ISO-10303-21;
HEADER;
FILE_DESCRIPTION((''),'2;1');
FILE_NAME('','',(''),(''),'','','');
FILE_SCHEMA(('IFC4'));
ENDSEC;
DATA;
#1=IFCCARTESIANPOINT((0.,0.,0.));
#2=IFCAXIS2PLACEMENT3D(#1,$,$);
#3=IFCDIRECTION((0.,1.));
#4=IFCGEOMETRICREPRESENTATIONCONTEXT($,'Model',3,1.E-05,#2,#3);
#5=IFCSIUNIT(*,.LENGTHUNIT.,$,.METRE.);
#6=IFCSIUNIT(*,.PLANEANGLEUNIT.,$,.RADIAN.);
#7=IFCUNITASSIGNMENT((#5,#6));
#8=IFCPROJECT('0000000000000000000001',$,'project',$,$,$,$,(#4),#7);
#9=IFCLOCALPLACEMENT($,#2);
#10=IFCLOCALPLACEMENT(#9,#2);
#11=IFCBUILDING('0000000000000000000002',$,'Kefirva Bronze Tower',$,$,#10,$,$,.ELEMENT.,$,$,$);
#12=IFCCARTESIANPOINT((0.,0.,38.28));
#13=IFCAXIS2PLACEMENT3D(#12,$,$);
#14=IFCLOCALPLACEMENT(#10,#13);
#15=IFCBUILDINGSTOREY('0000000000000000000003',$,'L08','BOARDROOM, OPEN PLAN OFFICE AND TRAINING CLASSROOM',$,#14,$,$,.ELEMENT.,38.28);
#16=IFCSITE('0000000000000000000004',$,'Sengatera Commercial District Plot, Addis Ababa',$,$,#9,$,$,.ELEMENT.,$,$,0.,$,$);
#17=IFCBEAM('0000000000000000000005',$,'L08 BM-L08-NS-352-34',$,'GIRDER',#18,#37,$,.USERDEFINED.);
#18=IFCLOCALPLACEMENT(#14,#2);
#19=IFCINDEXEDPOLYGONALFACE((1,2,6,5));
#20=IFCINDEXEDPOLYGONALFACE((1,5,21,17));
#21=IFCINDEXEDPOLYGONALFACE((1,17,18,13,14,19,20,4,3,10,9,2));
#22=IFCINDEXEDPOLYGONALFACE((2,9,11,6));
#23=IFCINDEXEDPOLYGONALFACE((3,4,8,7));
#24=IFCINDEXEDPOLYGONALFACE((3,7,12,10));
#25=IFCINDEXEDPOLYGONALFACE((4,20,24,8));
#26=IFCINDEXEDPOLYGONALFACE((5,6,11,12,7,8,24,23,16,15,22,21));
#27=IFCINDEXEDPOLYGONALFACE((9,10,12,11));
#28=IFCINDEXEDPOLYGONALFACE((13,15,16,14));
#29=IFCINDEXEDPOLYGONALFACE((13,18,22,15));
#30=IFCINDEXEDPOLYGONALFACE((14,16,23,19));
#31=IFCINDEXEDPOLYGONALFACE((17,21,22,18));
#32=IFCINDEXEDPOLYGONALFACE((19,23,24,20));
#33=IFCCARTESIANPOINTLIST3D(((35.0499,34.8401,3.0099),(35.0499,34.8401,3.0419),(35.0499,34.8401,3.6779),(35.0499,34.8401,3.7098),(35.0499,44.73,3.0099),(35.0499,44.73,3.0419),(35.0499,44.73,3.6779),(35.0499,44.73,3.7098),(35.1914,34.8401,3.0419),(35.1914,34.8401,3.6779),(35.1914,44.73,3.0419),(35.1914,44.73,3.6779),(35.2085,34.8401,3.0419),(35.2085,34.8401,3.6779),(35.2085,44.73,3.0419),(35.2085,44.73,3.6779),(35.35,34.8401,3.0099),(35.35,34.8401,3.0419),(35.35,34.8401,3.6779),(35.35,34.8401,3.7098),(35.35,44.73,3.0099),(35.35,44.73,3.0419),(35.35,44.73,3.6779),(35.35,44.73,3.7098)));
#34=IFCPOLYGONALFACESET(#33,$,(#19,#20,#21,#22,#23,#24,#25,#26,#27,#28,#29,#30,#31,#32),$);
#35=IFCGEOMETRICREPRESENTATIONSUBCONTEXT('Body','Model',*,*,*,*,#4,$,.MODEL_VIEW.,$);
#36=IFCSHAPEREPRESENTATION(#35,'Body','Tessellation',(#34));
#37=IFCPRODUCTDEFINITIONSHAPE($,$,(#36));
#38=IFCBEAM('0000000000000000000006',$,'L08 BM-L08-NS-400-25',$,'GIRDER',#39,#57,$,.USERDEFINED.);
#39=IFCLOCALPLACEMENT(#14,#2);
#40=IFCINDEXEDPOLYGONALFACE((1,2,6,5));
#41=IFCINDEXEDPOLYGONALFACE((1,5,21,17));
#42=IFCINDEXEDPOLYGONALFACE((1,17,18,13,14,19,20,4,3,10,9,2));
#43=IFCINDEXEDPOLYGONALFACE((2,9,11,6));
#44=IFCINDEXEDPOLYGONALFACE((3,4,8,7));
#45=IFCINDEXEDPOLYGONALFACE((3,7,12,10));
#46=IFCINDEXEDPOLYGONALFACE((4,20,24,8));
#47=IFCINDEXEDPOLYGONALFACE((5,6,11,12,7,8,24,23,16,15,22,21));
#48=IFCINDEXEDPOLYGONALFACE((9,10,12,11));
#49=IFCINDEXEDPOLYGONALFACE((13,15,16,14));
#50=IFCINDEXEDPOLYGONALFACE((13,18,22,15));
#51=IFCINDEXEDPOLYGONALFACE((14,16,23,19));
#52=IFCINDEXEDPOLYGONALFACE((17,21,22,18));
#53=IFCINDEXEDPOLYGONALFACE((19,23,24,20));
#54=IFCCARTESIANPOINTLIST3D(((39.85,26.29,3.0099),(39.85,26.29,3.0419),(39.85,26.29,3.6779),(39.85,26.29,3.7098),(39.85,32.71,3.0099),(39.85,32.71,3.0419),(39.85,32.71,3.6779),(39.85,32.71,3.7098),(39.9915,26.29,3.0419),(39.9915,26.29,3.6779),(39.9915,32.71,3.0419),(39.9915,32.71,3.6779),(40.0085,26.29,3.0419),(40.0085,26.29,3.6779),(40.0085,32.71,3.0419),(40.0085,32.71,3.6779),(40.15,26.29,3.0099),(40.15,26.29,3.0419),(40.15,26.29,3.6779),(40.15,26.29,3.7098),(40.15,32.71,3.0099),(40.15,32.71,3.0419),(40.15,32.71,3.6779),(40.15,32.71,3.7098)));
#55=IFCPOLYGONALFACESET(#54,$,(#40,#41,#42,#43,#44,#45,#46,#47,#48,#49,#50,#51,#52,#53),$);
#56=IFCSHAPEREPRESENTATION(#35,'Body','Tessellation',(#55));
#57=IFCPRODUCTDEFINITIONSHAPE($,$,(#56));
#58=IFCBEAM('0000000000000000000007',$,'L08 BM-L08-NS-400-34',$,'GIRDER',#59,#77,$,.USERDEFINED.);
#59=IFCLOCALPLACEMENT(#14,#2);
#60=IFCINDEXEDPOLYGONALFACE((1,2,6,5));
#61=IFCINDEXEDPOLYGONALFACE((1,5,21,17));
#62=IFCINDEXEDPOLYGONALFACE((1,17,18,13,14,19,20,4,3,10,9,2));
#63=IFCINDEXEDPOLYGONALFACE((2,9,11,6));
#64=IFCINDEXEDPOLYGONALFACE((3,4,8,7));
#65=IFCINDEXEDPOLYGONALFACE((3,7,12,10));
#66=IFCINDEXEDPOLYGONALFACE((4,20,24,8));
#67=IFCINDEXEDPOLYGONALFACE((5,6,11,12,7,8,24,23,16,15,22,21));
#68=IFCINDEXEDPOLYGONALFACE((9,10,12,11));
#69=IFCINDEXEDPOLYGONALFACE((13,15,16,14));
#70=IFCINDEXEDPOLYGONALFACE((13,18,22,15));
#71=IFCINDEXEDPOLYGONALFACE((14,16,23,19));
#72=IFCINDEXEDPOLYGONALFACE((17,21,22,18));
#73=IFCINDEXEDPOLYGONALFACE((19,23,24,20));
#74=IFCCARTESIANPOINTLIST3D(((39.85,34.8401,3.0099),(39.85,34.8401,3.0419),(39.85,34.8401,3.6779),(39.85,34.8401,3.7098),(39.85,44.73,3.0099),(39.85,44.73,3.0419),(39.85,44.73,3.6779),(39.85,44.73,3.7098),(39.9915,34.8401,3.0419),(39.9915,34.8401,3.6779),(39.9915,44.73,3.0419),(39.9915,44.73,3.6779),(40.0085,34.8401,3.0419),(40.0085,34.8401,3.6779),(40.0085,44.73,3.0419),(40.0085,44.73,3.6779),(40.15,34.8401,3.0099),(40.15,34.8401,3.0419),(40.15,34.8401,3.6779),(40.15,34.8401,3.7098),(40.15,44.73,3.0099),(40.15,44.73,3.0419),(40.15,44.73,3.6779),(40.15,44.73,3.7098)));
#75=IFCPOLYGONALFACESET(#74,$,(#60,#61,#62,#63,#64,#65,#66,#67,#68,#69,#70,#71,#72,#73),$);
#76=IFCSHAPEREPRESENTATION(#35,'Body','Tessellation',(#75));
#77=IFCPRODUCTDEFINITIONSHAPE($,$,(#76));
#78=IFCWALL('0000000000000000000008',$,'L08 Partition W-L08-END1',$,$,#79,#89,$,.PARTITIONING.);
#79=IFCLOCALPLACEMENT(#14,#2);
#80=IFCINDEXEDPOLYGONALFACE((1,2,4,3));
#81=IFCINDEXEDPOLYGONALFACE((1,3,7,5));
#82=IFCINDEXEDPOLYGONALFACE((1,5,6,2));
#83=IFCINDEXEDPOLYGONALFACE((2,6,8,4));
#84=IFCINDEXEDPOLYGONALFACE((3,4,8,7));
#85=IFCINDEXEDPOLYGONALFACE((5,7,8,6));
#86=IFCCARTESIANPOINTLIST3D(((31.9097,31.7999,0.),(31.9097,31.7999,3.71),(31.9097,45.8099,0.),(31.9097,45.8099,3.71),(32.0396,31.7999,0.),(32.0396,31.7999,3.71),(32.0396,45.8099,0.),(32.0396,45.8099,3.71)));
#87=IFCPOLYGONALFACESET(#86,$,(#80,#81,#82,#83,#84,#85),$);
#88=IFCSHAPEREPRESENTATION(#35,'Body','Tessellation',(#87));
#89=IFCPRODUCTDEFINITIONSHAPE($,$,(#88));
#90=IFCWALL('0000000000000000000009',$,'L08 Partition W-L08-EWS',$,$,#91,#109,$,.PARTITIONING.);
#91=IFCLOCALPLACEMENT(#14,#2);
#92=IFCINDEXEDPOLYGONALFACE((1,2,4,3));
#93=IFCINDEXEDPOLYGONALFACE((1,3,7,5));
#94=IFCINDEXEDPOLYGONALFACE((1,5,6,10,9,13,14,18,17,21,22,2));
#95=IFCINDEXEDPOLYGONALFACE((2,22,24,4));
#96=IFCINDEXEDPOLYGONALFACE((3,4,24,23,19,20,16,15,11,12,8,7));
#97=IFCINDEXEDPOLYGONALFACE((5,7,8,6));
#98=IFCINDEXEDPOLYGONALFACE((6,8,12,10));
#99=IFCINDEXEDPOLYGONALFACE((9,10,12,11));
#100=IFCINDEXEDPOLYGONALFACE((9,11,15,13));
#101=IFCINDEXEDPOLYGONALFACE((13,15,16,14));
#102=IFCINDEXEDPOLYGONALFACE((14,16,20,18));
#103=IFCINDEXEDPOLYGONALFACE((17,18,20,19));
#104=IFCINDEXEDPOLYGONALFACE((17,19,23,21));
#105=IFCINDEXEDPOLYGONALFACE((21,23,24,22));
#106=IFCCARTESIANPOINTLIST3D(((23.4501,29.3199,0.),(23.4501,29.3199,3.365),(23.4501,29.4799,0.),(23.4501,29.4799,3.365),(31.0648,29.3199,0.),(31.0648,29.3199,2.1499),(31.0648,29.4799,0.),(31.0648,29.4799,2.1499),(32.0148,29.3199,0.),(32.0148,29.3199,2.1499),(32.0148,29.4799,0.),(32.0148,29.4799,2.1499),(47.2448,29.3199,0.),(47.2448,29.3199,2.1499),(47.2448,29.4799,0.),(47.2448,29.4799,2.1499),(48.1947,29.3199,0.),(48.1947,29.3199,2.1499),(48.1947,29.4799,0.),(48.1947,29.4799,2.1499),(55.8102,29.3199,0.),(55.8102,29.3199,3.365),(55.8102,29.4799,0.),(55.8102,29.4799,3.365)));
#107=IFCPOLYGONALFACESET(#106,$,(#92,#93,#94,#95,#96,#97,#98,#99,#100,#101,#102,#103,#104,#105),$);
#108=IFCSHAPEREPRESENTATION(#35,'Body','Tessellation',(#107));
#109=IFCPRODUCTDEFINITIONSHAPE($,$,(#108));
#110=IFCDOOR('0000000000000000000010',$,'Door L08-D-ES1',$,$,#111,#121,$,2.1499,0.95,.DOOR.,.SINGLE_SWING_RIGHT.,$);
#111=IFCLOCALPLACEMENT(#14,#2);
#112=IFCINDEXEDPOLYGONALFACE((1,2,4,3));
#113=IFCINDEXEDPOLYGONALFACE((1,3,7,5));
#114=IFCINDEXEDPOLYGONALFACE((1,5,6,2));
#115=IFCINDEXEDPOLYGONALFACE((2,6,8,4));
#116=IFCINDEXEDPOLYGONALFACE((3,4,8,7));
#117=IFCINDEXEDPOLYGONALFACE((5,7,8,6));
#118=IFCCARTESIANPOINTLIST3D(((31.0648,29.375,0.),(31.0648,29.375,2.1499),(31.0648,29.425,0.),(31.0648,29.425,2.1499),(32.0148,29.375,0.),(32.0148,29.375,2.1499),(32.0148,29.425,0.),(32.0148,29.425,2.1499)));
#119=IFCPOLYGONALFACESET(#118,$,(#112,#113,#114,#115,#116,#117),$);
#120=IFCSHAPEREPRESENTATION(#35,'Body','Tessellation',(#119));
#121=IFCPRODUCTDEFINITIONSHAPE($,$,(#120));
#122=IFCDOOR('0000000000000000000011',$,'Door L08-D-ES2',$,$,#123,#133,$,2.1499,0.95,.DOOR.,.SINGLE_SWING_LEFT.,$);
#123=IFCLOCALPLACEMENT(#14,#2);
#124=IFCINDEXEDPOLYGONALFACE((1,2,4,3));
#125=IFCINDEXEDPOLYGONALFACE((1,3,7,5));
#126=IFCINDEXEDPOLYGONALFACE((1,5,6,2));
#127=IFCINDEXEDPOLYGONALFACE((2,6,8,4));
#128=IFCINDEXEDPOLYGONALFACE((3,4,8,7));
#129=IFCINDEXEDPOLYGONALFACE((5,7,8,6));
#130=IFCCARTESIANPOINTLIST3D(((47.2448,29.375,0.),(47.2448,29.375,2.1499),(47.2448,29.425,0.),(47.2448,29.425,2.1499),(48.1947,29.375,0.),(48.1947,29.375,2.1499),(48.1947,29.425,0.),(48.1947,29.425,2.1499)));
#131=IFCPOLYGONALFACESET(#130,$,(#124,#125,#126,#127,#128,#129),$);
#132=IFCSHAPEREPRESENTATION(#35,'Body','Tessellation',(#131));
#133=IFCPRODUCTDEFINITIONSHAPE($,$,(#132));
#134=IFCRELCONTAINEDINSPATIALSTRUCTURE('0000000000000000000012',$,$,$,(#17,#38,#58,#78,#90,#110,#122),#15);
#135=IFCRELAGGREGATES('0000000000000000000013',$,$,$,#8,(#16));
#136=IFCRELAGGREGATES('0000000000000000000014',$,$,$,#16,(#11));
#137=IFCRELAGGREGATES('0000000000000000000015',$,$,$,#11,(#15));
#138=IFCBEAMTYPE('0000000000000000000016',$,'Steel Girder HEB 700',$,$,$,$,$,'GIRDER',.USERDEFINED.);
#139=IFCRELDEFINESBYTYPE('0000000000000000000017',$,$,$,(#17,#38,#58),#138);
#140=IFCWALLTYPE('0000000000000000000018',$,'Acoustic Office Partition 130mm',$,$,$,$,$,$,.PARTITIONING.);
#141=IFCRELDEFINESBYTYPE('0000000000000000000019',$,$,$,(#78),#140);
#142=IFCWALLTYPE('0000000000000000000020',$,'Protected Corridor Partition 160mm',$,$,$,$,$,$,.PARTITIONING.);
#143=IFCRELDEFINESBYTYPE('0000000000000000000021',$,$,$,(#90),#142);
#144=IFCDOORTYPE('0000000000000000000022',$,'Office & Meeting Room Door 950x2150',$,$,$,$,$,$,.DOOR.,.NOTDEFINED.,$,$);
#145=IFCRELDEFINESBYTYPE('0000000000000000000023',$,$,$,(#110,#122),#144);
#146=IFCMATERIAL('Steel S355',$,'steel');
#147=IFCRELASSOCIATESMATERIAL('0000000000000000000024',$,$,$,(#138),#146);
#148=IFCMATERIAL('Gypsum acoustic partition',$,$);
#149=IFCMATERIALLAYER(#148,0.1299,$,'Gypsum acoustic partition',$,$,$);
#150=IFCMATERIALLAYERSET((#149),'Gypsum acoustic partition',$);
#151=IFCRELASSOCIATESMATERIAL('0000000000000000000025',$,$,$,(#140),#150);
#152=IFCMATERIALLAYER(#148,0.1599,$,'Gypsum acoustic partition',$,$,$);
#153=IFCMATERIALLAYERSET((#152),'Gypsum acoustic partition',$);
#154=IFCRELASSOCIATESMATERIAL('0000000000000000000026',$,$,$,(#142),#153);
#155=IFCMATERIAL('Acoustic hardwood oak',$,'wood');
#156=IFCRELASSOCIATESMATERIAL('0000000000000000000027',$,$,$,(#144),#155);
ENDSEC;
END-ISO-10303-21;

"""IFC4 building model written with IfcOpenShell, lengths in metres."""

from ifc_helpers import new_model, si_unit, direction, frame, frame_2d, origin, origin_2d, place, context, subcontext, project, spatial, rectangle, i_section, extrude, material, layer, layer_set, material_profile, profile_set, type_object, element, fill, save


model = new_model("IFC4")

# Units and contexts
model_context = context("Model", 3, precision=1e-05, world=origin(), true_north=direction((0.0, 1.0)))
body_context = subcontext(model_context, "Body", "Model", "MODEL_VIEW")
ifc_project = project(units=[si_unit("LENGTHUNIT", "METRE"), si_unit("PLANEANGLEUNIT", "RADIAN")], contexts=[model_context])

# Site, building, storey
site_placement = place(None, origin())
site = spatial("IfcSite", under=ifc_project, at=site_placement, Name="Sengatera Commercial District Plot, Addis Ababa", CompositionType="ELEMENT", RefElevation=0.0)
building_placement = place(site_placement, origin())
building = spatial("IfcBuilding", under=site, at=building_placement, Name="Kefirva Bronze Tower", CompositionType="ELEMENT")
storey_placement = place(building_placement, frame((0.0, 0.0, 38.28)))
storey = spatial("IfcBuildingStorey", under=building, at=storey_placement, Name="L08", Description="BOARDROOM, OPEN PLAN OFFICE AND TRAINING CLASSROOM", CompositionType="ELEMENT", Elevation=38.28)

# Beams
ifc_material_1 = material(Name="Steel S355", Category="steel")
ifc_material_profile_1 = material_profile(ifc_material_1, i_section(OverallWidth=0.3, OverallDepth=0.7, WebThickness=0.0171, FlangeThickness=0.032, at=origin_2d()), Name="HEB 700")
ifc_profile_set_1 = profile_set([ifc_material_profile_1], Name="Steel S355")
beam_type_1 = type_object("IfcBeamType", Name="Steel Girder HEB 700", ElementType="GIRDER", PredefinedType="USERDEFINED", material=ifc_profile_set_1)
beam_1_placement = place(storey_placement, frame((35.2, 34.8401, 3.3599), z_axis=(0.0, 1.0, 0.0), x_axis=(-1.0, 0.0, 0.0)))
element("IfcBeam", 1, at=beam_1_placement, inside=storey, type_object=beam_type_1, Name="L08 BM-L08-NS-352-34", ObjectType="GIRDER", PredefinedType="USERDEFINED", context=body_context, shape_type="SweptSolid", body=[
    extrude(i_section(OverallWidth=0.3, OverallDepth=0.7, WebThickness=0.0171, FlangeThickness=0.032, at=origin_2d()), origin(), (0.0, 0.0, 1.0), 9.8899),
])
beam_2_placement = place(storey_placement, frame((40.0, 26.29, 3.3599), z_axis=(0.0, 1.0, 0.0), x_axis=(-1.0, 0.0, 0.0)))
element("IfcBeam", 2, at=beam_2_placement, inside=storey, type_object=beam_type_1, Name="L08 BM-L08-NS-400-25", ObjectType="GIRDER", PredefinedType="USERDEFINED", context=body_context, shape_type="SweptSolid", body=[
    extrude(i_section(OverallWidth=0.3, OverallDepth=0.7, WebThickness=0.0171, FlangeThickness=0.032, at=origin_2d()), origin(), (0.0, 0.0, 1.0), 6.4199),
])
beam_3_placement = place(storey_placement, frame((40.0, 34.8401, 3.3599), z_axis=(0.0, 1.0, 0.0), x_axis=(-1.0, 0.0, 0.0)))
element("IfcBeam", 3, at=beam_3_placement, inside=storey, type_object=beam_type_1, Name="L08 BM-L08-NS-400-34", ObjectType="GIRDER", PredefinedType="USERDEFINED", context=body_context, shape_type="SweptSolid", body=[
    extrude(i_section(OverallWidth=0.3, OverallDepth=0.7, WebThickness=0.0171, FlangeThickness=0.032, at=origin_2d()), origin(), (0.0, 0.0, 1.0), 9.8899),
])

# Wall
ifc_material_2 = material(Name="Gypsum acoustic partition")
ifc_layer_1 = layer(ifc_material_2, 0.1299, Name="Gypsum acoustic partition")
ifc_layer_set_1 = layer_set([ifc_layer_1], Name="Gypsum acoustic partition")
wall_type_1 = type_object("IfcWallType", Name="Acoustic Office Partition 130mm", PredefinedType="PARTITIONING", material=ifc_layer_set_1)
wall_1_placement = place(storey_placement, frame((31.9746, 31.8, 0.0), z_axis=(0.0, 0.0, 1.0), x_axis=(0.0, 1.0, 0.0)))
element("IfcWall", 4, at=wall_1_placement, inside=storey, type_object=wall_type_1, Name="L08 Partition W-L08-END1", PredefinedType="PARTITIONING", context=body_context, shape_type="SweptSolid", body=[
    extrude(rectangle(XDim=14.01, YDim=0.1299, at=frame_2d((7.0049, 0.0))), origin(), (0.0, 0.0, 1.0), 3.71),
])

# Wall, openings, doors
ifc_layer_2 = layer(ifc_material_2, 0.1599, Name="Gypsum acoustic partition")
ifc_layer_set_2 = layer_set([ifc_layer_2], Name="Gypsum acoustic partition")
wall_type_2 = type_object("IfcWallType", Name="Protected Corridor Partition 160mm", PredefinedType="PARTITIONING", material=ifc_layer_set_2)
wall_2_placement = place(storey_placement, frame((23.45, 29.3999, 0.0), z_axis=(0.0, 0.0, 1.0), x_axis=(1.0, 0.0, 0.0)))
wall_2 = element("IfcWall", 5, at=wall_2_placement, inside=storey, type_object=wall_type_2, Name="L08 Partition W-L08-EWS", PredefinedType="PARTITIONING", context=body_context, shape_type="SweptSolid", body=[
    extrude(rectangle(XDim=32.3601, YDim=0.1599, at=frame_2d((16.1802, 0.0))), origin(), (0.0, 0.0, 1.0), 3.365),
])
opening_1_placement = place(wall_2_placement, frame((8.5649, 0.0, 0.0), z_axis=(0.0, 0.0, 1.0), x_axis=(-1.0, 0.0, 0.0)))
opening_1 = element("IfcOpeningElement", 6, at=opening_1_placement, cuts=wall_2, PredefinedType="OPENING", context=body_context, shape_type="SweptSolid", body=[
    extrude(rectangle(XDim=0.95, YDim=2.1499, at=frame_2d((0.4751, 1.075))), frame((0.0, 0.0898, 0.0), z_axis=(0.0, -1.0, 0.0), x_axis=(1.0, 0.0, 0.0)), (0.0, 0.0, 1.0), 0.1799),
])
opening_2_placement = place(wall_2_placement, frame((24.7449, 0.0, 0.0), z_axis=(0.0, 0.0, 1.0), x_axis=(-1.0, 0.0, 0.0)))
opening_2 = element("IfcOpeningElement", 7, at=opening_2_placement, cuts=wall_2, PredefinedType="OPENING", context=body_context, shape_type="SweptSolid", body=[
    extrude(rectangle(XDim=0.95, YDim=2.1499, at=frame_2d((0.4751, 1.075))), frame((0.0, 0.0898, 0.0), z_axis=(0.0, -1.0, 0.0), x_axis=(1.0, 0.0, 0.0)), (0.0, 0.0, 1.0), 0.1799),
])
ifc_material_3 = material(Name="Acoustic hardwood oak", Category="wood")
door_type = type_object("IfcDoorType", Name="Office & Meeting Room Door 950x2150", OperationType="NOTDEFINED", PredefinedType="DOOR", material=ifc_material_3)
door_1_placement = place(opening_1_placement, origin())
door_1 = element("IfcDoor", 8, at=door_1_placement, inside=storey, type_object=door_type, Name="Door L08-D-ES1", OperationType="SINGLE_SWING_RIGHT", OverallHeight=2.1499, OverallWidth=0.95, PredefinedType="DOOR", context=body_context, shape_type="SweptSolid", body=[
    extrude(rectangle(XDim=0.95, YDim=2.1499, at=frame_2d((0.4751, 1.075))), frame((0.0, 0.0249, 0.0), z_axis=(0.0, -1.0, 0.0), x_axis=(1.0, 0.0, 0.0)), (0.0, 0.0, 1.0), 0.05),
])
fill(opening_1, door_1)
door_2_placement = place(opening_2_placement, origin())
door_2 = element("IfcDoor", 9, at=door_2_placement, inside=storey, type_object=door_type, Name="Door L08-D-ES2", OperationType="SINGLE_SWING_LEFT", OverallHeight=2.1499, OverallWidth=0.95, PredefinedType="DOOR", context=body_context, shape_type="SweptSolid", body=[
    extrude(rectangle(XDim=0.95, YDim=2.1499, at=frame_2d((0.4751, 1.075))), frame((0.0, 0.0249, 0.0), z_axis=(0.0, -1.0, 0.0), x_axis=(1.0, 0.0, 0.0)), (0.0, 0.0, 1.0), 0.05),
])
fill(opening_2, door_2)

save(model, "model.ifc")
